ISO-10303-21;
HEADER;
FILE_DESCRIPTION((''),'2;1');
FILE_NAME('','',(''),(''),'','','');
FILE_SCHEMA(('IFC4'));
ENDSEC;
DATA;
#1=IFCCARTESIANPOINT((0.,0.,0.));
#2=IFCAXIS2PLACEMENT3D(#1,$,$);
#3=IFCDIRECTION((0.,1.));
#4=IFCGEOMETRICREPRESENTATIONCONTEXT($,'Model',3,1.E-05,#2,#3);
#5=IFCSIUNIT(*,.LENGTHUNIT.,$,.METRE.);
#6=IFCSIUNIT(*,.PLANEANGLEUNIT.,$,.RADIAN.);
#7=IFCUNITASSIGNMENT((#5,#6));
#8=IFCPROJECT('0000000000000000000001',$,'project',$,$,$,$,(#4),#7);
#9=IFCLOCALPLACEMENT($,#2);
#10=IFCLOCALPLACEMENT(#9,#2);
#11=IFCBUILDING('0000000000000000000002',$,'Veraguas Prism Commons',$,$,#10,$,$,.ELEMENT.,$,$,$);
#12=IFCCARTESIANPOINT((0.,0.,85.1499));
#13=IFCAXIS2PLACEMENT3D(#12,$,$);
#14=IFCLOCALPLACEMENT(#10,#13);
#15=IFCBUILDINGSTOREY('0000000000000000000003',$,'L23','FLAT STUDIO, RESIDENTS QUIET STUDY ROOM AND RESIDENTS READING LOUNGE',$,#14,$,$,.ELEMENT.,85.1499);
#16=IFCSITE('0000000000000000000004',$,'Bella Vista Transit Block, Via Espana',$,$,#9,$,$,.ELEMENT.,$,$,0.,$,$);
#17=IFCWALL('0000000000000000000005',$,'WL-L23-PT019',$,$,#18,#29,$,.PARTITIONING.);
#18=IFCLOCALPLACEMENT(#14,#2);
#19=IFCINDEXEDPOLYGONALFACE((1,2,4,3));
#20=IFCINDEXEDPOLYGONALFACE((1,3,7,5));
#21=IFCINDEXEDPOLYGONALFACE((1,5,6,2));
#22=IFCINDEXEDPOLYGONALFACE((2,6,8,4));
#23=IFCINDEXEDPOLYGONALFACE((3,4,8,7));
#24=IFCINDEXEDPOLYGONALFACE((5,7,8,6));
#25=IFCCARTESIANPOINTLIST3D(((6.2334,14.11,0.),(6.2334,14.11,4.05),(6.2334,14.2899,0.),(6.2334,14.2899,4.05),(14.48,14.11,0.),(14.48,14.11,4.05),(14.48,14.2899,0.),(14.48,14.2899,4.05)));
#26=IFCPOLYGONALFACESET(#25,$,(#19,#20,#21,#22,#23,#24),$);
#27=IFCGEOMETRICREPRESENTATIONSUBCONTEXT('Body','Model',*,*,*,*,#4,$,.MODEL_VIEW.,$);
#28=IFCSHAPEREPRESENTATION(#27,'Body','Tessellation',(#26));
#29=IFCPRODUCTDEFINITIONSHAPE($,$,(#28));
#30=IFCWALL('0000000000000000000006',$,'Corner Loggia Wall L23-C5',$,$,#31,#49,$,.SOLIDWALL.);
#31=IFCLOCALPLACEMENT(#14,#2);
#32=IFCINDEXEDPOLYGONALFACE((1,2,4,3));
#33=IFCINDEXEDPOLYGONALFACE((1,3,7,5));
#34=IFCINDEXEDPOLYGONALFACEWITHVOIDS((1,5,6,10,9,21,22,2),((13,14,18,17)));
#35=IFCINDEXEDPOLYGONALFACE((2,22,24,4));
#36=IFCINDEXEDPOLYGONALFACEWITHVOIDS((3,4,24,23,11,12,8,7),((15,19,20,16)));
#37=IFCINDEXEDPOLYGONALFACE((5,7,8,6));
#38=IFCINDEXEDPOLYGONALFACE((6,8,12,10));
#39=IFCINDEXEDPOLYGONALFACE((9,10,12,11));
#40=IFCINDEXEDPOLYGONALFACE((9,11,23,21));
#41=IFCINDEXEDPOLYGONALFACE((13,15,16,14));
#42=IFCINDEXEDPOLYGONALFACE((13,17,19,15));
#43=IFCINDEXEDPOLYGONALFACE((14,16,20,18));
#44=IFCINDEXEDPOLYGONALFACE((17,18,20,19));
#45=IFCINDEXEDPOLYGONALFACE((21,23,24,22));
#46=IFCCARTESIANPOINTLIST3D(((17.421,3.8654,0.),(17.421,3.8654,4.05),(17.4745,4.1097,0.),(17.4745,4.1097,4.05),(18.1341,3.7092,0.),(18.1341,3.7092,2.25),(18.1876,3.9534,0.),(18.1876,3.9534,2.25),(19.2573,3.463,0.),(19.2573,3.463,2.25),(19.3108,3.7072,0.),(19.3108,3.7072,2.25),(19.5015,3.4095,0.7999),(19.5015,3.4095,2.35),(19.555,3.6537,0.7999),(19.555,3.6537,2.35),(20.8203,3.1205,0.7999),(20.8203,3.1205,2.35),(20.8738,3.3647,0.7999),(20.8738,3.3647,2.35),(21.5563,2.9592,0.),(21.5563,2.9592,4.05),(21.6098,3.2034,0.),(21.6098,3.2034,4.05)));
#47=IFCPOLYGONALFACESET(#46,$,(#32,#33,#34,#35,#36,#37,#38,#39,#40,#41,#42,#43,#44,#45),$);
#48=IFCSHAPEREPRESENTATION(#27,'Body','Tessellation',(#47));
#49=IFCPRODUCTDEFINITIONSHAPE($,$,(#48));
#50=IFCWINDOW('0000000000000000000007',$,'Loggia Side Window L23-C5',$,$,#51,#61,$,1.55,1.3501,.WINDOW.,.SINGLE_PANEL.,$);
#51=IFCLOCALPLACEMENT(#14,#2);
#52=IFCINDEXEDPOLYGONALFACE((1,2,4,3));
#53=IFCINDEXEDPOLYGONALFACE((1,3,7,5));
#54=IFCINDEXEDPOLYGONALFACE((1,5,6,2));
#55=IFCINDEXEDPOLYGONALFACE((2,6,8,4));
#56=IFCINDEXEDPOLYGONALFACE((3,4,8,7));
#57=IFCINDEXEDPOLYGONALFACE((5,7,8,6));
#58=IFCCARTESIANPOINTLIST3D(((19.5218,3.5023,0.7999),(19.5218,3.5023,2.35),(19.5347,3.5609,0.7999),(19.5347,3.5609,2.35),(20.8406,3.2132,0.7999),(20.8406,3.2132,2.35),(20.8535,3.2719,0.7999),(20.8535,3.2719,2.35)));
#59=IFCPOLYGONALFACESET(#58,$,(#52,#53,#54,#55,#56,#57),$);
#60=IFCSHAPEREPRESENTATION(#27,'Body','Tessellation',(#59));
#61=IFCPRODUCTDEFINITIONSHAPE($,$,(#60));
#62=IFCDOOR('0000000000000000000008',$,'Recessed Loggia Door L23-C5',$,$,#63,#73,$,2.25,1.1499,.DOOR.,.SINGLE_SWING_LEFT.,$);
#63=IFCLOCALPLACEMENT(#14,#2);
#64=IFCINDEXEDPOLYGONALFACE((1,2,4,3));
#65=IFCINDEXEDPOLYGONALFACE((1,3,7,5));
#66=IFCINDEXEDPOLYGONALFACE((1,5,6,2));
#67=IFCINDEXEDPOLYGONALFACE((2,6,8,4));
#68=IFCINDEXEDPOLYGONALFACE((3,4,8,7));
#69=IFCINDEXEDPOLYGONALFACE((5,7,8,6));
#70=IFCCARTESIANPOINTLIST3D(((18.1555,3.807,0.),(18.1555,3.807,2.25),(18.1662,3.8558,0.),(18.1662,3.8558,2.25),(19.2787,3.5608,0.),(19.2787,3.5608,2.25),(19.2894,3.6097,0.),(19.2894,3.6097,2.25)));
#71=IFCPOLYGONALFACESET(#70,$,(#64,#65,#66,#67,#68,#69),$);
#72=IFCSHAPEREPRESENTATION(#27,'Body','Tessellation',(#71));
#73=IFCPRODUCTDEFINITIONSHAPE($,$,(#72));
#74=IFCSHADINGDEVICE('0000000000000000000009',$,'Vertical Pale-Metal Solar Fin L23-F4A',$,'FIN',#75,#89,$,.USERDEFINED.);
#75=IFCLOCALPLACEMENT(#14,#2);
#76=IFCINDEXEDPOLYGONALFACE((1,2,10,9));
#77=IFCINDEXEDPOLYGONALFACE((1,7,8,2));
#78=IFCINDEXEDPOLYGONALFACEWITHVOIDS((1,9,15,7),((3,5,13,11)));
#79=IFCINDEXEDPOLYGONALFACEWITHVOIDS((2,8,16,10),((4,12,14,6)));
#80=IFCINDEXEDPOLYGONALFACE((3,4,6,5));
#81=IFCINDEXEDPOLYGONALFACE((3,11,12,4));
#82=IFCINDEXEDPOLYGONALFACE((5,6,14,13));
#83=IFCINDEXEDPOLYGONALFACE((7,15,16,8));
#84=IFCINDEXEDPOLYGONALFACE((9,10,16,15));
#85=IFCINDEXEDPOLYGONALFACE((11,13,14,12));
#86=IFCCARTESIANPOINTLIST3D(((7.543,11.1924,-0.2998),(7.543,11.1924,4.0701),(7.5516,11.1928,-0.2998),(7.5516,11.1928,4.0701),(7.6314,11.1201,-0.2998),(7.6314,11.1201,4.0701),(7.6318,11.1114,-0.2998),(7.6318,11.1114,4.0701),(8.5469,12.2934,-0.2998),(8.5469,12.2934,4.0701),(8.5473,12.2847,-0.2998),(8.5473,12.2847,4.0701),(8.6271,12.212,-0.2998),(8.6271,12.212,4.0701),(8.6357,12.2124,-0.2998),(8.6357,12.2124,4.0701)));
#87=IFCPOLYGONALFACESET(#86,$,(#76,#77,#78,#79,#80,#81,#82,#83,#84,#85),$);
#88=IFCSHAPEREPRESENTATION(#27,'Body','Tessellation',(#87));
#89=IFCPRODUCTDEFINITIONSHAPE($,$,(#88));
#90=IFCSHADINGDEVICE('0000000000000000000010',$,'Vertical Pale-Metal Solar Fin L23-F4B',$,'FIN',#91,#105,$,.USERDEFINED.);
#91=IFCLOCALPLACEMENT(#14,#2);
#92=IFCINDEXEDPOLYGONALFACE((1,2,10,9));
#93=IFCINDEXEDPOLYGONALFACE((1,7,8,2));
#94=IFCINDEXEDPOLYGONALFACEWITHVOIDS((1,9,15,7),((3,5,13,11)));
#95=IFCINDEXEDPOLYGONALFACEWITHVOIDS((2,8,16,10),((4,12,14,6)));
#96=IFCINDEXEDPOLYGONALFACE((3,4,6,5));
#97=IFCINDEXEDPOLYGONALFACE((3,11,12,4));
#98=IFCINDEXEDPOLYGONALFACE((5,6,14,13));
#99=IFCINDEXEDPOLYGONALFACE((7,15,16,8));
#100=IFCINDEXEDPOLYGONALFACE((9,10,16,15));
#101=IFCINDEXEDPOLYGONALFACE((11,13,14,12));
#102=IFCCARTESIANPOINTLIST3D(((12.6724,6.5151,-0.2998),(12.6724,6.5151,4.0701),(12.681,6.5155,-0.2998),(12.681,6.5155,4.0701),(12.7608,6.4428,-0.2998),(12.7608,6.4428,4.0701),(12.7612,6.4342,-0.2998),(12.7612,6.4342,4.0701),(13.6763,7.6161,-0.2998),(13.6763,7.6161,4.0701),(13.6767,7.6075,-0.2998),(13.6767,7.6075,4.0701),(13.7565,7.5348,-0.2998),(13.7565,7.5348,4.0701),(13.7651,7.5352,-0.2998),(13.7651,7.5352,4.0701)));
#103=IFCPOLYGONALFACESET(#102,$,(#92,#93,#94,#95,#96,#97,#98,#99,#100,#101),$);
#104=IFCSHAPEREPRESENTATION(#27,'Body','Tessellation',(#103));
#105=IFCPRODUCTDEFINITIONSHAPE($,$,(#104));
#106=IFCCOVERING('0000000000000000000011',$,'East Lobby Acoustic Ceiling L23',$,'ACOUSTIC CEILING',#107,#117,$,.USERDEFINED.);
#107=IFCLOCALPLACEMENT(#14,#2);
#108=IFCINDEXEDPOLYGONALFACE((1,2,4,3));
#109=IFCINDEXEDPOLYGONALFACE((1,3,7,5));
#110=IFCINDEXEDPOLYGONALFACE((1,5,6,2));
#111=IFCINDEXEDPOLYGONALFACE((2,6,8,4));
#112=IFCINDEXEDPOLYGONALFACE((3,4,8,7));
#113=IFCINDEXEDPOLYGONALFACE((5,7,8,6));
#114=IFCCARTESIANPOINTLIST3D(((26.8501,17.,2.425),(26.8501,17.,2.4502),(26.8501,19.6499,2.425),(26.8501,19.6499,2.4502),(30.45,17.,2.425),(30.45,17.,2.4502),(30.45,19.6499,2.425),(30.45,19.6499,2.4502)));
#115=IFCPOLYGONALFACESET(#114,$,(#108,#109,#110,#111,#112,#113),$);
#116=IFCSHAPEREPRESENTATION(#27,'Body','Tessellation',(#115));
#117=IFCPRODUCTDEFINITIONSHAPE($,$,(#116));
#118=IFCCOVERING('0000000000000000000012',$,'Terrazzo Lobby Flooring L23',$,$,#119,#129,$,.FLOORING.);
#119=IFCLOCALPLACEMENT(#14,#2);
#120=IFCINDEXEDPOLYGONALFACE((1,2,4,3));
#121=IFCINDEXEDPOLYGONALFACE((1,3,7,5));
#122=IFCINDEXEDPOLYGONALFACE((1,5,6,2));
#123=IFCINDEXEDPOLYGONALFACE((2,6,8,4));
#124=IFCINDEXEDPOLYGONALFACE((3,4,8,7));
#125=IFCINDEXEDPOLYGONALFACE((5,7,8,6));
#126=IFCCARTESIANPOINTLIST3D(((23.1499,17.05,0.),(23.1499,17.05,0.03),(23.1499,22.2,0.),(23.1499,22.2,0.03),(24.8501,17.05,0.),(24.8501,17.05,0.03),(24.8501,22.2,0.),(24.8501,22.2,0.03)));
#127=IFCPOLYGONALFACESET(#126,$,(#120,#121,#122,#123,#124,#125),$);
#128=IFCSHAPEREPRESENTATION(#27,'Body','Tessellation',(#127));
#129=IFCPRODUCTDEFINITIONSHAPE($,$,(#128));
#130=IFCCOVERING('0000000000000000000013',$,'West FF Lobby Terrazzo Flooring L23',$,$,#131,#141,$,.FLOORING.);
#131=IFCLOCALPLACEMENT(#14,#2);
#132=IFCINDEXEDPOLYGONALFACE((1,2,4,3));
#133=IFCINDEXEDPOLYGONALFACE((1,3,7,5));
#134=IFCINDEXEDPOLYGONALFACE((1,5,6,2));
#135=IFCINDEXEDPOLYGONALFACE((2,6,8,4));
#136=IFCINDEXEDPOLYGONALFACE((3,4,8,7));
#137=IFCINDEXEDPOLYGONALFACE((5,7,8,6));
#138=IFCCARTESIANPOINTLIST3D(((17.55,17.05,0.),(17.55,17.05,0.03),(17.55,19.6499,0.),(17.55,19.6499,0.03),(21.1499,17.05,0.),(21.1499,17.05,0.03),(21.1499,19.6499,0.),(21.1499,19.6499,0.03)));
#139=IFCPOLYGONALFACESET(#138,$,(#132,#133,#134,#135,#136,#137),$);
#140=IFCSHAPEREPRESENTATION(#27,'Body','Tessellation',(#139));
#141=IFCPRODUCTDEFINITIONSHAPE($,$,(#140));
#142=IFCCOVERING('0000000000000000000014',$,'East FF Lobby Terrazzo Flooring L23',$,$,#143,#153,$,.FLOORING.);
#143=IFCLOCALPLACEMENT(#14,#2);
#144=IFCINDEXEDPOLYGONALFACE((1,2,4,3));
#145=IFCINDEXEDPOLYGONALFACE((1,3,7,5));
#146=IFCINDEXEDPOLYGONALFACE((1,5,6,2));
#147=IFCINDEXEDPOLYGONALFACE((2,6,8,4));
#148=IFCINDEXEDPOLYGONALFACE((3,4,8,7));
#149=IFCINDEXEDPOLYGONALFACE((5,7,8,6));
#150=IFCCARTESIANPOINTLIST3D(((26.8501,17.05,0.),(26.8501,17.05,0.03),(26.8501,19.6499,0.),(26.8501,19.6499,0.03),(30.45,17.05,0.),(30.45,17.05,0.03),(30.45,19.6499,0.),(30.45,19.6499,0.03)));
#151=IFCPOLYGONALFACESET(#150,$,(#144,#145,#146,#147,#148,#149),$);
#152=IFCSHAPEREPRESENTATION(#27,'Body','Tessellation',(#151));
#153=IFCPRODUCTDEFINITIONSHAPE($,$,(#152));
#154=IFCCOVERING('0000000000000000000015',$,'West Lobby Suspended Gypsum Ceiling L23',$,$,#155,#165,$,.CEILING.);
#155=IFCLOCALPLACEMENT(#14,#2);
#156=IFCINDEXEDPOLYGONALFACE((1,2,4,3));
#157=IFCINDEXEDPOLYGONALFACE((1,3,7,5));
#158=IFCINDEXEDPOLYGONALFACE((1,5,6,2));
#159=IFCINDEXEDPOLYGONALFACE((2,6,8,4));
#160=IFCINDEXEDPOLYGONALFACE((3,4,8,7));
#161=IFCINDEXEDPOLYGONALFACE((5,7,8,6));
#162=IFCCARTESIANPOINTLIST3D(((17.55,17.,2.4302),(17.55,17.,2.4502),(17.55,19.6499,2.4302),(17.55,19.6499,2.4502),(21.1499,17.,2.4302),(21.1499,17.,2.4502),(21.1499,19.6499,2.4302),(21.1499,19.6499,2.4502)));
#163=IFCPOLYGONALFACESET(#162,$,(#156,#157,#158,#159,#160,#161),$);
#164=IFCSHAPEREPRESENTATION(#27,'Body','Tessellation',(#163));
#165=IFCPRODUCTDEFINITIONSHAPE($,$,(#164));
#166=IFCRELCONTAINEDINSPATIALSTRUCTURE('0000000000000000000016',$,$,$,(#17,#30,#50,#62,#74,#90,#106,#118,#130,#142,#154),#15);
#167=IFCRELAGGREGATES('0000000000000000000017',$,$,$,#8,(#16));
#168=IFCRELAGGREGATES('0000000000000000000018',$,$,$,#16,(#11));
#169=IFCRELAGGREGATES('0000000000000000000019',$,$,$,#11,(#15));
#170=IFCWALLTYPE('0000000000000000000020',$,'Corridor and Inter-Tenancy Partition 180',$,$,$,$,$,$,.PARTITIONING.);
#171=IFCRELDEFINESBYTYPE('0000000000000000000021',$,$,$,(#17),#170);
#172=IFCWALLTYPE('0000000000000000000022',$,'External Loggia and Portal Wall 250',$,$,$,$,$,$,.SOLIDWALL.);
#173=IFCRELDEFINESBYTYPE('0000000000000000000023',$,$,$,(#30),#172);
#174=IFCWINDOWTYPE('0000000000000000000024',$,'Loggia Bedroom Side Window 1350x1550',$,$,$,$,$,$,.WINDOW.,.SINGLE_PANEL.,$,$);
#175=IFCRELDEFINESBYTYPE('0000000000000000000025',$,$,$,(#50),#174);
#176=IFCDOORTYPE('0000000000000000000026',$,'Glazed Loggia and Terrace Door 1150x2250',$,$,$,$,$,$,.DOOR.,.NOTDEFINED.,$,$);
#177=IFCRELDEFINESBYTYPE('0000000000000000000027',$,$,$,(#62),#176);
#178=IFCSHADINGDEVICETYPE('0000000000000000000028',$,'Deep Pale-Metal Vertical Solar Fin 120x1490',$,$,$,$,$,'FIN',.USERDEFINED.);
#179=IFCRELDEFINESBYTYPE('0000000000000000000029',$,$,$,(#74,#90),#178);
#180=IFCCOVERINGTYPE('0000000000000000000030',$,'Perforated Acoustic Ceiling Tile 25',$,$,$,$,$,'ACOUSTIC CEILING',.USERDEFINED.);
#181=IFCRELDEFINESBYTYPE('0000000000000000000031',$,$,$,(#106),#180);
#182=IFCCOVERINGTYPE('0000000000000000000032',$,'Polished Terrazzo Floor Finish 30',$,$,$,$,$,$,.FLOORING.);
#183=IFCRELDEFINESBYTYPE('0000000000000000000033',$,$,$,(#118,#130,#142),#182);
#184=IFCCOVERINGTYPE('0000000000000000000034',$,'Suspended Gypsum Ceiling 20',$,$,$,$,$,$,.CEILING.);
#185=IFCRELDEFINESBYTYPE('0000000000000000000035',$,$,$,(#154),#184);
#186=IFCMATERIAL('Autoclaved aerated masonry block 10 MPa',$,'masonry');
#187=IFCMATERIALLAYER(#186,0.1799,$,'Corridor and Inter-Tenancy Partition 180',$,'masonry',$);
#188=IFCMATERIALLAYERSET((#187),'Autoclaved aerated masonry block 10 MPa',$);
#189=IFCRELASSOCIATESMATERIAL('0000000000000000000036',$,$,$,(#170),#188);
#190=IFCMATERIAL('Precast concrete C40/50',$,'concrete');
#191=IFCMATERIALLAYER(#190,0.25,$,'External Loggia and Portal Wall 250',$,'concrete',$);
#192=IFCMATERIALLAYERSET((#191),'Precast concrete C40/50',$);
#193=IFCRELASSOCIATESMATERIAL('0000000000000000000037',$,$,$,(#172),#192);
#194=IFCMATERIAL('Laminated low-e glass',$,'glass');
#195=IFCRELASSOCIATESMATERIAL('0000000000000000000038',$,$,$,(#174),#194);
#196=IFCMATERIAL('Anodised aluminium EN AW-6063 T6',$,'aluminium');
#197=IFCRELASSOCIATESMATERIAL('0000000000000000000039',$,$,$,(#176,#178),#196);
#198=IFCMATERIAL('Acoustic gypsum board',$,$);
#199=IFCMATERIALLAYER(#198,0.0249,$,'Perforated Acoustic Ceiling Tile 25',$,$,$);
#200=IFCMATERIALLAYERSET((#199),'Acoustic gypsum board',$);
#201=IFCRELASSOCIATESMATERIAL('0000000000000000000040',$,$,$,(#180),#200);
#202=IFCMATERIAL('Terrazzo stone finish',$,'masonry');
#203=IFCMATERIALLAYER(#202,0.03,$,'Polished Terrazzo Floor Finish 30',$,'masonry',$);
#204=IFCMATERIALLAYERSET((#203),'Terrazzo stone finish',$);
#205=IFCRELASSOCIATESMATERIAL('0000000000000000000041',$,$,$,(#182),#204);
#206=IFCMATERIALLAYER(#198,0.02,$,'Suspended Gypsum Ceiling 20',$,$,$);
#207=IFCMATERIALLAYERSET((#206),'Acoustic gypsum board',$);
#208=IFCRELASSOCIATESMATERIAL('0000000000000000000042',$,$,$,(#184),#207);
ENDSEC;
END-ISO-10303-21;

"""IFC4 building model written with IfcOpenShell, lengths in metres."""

from ifc_helpers import new_model, si_unit, direction, frame, frame_2d, origin, origin_2d, place, context, subcontext, project, spatial, polyline, rectangle, hollow_rectangle, outline, extrude, source, transform, mapped, material, layer, layer_set, material_profile, profile_set, type_object, element, fill, save


model = new_model("IFC4")

# Units and contexts
model_context = context("Model", 3, precision=1e-05, world=origin(), true_north=direction((0.0, 1.0)))
body_context = subcontext(model_context, "Body", "Model", "MODEL_VIEW")
ifc_project = project(units=[si_unit("LENGTHUNIT", "METRE"), si_unit("PLANEANGLEUNIT", "RADIAN")], contexts=[model_context])

# Site, building, storey
site_placement = place(None, origin())
site = spatial("IfcSite", under=ifc_project, at=site_placement, Name="Bella Vista Transit Block, Via Espana", CompositionType="ELEMENT", RefElevation=0.0)
building_placement = place(site_placement, origin())
building = spatial("IfcBuilding", under=site, at=building_placement, Name="Veraguas Prism Commons", CompositionType="ELEMENT")
storey_placement = place(building_placement, frame((0.0, 0.0, 85.1499)))
storey = spatial("IfcBuildingStorey", under=building, at=storey_placement, Name="L23", Description="FLAT STUDIO, RESIDENTS QUIET STUDY ROOM AND RESIDENTS READING LOUNGE", CompositionType="ELEMENT", Elevation=85.1499)

# Shared definitions
ifc_material_1 = material(Name="Anodised aluminium EN AW-6063 T6", Category="aluminium")

# Shared definitions
ifc_material_2 = material(Name="Laminated low-e glass", Category="glass")

# Wall
ifc_material_3 = material(Name="Autoclaved aerated masonry block 10 MPa", Category="masonry")
ifc_layer_1 = layer(ifc_material_3, 0.1799, Name="Corridor and Inter-Tenancy Partition 180", Category="masonry")
ifc_layer_set_1 = layer_set([ifc_layer_1], Name="Autoclaved aerated masonry block 10 MPa")
wall_type_1 = type_object("IfcWallType", Name="Corridor and Inter-Tenancy Partition 180", PredefinedType="PARTITIONING", material=ifc_layer_set_1)
wall_1_placement = place(storey_placement, frame((14.48, 14.2, 0.0), z_axis=(0.0, 0.0, 1.0), x_axis=(-1.0, 0.0, 0.0)))
element("IfcWall", 1, at=wall_1_placement, inside=storey, type_object=wall_type_1, Name="WL-L23-PT019", PredefinedType="PARTITIONING", context=body_context, shape_type="SweptSolid", body=[
    extrude(rectangle(XDim=8.2466, YDim=0.1799, at=frame_2d((4.1233, 0.0))), origin(), (0.0, 0.0, 1.0), 4.05),
])

# Wall, openings, window, door
ifc_material_4 = material(Name="Precast concrete C40/50", Category="concrete")
ifc_layer_2 = layer(ifc_material_4, 0.25, Name="External Loggia and Portal Wall 250", Category="concrete")
ifc_layer_set_2 = layer_set([ifc_layer_2], Name="Precast concrete C40/50")
wall_type_2 = type_object("IfcWallType", Name="External Loggia and Portal Wall 250", PredefinedType="SOLIDWALL", material=ifc_layer_set_2)
wall_2_placement = place(storey_placement, frame((17.4478, 3.9875, 0.0), z_axis=(0.0, 0.0, 1.0), x_axis=(0.976818, -0.214072, 0.0)))
wall_2 = element("IfcWall", 2, at=wall_2_placement, inside=storey, type_object=wall_type_2, Name="Corner Loggia Wall L23-C5", PredefinedType="SOLIDWALL", context=body_context, shape_type="SweptSolid", body=[
    extrude(rectangle(XDim=4.2334, YDim=0.25, at=frame_2d((2.1167, 0.0))), origin(), (0.0, 0.0, 1.0), 4.05),
])
opening_1_placement = place(wall_2_placement, frame((0.73, 0.0, 0.0)))
opening_1 = element("IfcOpeningElement", 3, at=opening_1_placement, cuts=wall_2, PredefinedType="OPENING", context=body_context, shape_type="SweptSolid", body=[
    extrude(rectangle(XDim=1.1499, YDim=2.25, at=frame_2d((0.575, 1.125))), frame((0.0, 0.135, 0.0), z_axis=(0.0, -1.0, 0.0), x_axis=(1.0, 0.0, 0.0)), (0.0, 0.0, 1.0), 0.27),
])
opening_2_placement = place(wall_2_placement, frame((2.1299, 0.0, 0.8)))
opening_2 = element("IfcOpeningElement", 4, at=opening_2_placement, cuts=wall_2, PredefinedType="OPENING", context=body_context, shape_type="SweptSolid", body=[
    extrude(rectangle(XDim=1.3501, YDim=1.55, at=frame_2d((0.675, 0.7749))), frame((0.0, 0.135, 0.0), z_axis=(0.0, -1.0, 0.0), x_axis=(1.0, 0.0, 0.0)), (0.0, 0.0, 1.0), 0.27),
])
window_type = type_object("IfcWindowType", Name="Loggia Bedroom Side Window 1350x1550", PartitioningType="SINGLE_PANEL", PredefinedType="WINDOW", material=ifc_material_2)
shared_shape_1 = source(origin(), body_context, "Body", "SweptSolid", [
    extrude(rectangle(XDim=1.3501, YDim=1.55, at=frame_2d((0.675, 0.7749))), frame((0.0, 0.03, 0.0), z_axis=(0.0, -1.0, 0.0), x_axis=(1.0, 0.0, 0.0)), (0.0, 0.0, 1.0), 0.0601),
])
window_placement = place(opening_2_placement, origin())
window = element("IfcWindow", 5, at=window_placement, inside=storey, type_object=window_type, Name="Loggia Side Window L23-C5", OverallHeight=1.55, OverallWidth=1.3501, PartitioningType="SINGLE_PANEL", PredefinedType="WINDOW", context=body_context, shape_type="MappedRepresentation", body=[
    mapped(shared_shape_1, transform((0.0, 0.0, 0.0), scale=1.0)),
])
fill(opening_2, window)
door_type = type_object("IfcDoorType", Name="Glazed Loggia and Terrace Door 1150x2250", OperationType="NOTDEFINED", PredefinedType="DOOR", material=ifc_material_1)
shared_shape_2 = source(origin(), body_context, "Body", "SweptSolid", [
    extrude(rectangle(XDim=1.1499, YDim=2.25, at=frame_2d((0.575, 1.125))), frame((0.0, 0.0249, 0.0), z_axis=(0.0, -1.0, 0.0), x_axis=(1.0, 0.0, 0.0)), (0.0, 0.0, 1.0), 0.05),
])
door_placement = place(opening_1_placement, frame((1.1499, 0.0, 0.0), z_axis=(0.0, 0.0, 1.0), x_axis=(-1.0, 0.0, 0.0)))
door = element("IfcDoor", 6, at=door_placement, inside=storey, type_object=door_type, Name="Recessed Loggia Door L23-C5", OperationType="SINGLE_SWING_LEFT", OverallHeight=2.25, OverallWidth=1.1499, PredefinedType="DOOR", context=body_context, shape_type="MappedRepresentation", body=[
    mapped(shared_shape_2, transform((0.0, 0.0, 0.0), scale=1.0)),
])
fill(opening_1, door)

# Shading devices
ifc_material_profile_1 = material_profile(ifc_material_1, hollow_rectangle(XDim=0.1201, YDim=1.49, WallThickness=0.0061, at=origin_2d()), Name="FIN120X1490X6")
ifc_profile_set_1 = profile_set([ifc_material_profile_1], Name="Anodised aluminium EN AW-6063 T6")
shading_device_type = type_object("IfcShadingDeviceType", Name="Deep Pale-Metal Vertical Solar Fin 120x1490", ElementType="FIN", PredefinedType="USERDEFINED", material=ifc_profile_set_1)
for number, where, z_axis, x_axis, name in (
    (7, (8.0894, 11.7024, -0.2998), (0.0, 0.0, 1.0), (0.738925, -0.673788, 0.0), "Vertical Pale-Metal Solar Fin L23-F4A"),
    (8, (13.2188, 7.0251, -0.2998), (0.0, 0.0, 1.0), (0.738925, -0.673788, 0.0), "Vertical Pale-Metal Solar Fin L23-F4B"),
):
    element("IfcShadingDevice", number, at=place(storey_placement, frame(where, z_axis=z_axis, x_axis=x_axis)), inside=storey, type_object=shading_device_type, Name=name, ObjectType="FIN", PredefinedType="USERDEFINED", context=body_context, shape_type="SweptSolid", body=[
        extrude(hollow_rectangle(XDim=0.1201, YDim=1.49, WallThickness=0.0061, at=origin_2d()), origin(), (0.0, 0.0, 1.0), 4.3699),
    ])

# Coverings
ifc_material_5 = material(Name="Acoustic gypsum board")
ifc_layer_3 = layer(ifc_material_5, 0.0249, Name="Perforated Acoustic Ceiling Tile 25")
ifc_layer_set_3 = layer_set([ifc_layer_3], Name="Acoustic gypsum board")
covering_type_1 = type_object("IfcCoveringType", Name="Perforated Acoustic Ceiling Tile 25", ElementType="ACOUSTIC CEILING", PredefinedType="USERDEFINED", material=ifc_layer_set_3)
covering_1_placement = place(storey_placement, frame((0.0, 0.0, 2.425)))
element("IfcCovering", 9, at=covering_1_placement, inside=storey, type_object=covering_type_1, Name="East Lobby Acoustic Ceiling L23", ObjectType="ACOUSTIC CEILING", PredefinedType="USERDEFINED", context=body_context, shape_type="SweptSolid", body=[
    extrude(outline(polyline([(26.8501, 17.0), (30.45, 17.0), (30.45, 19.6499), (26.8501, 19.6499), (26.8501, 17.0)])), origin(), (0.0, 0.0, 1.0), 0.0251),
])
ifc_material_6 = material(Name="Terrazzo stone finish", Category="masonry")
ifc_layer_4 = layer(ifc_material_6, 0.03, Name="Polished Terrazzo Floor Finish 30", Category="masonry")
ifc_layer_set_4 = layer_set([ifc_layer_4], Name="Terrazzo stone finish")
covering_type_2 = type_object("IfcCoveringType", Name="Polished Terrazzo Floor Finish 30", PredefinedType="FLOORING", material=ifc_layer_set_4)
covering_2_placement = place(storey_placement, origin())
element("IfcCovering", 10, at=covering_2_placement, inside=storey, type_object=covering_type_2, Name="Terrazzo Lobby Flooring L23", PredefinedType="FLOORING", context=body_context, shape_type="SweptSolid", body=[
    extrude(outline(polyline([(23.1499, 17.05), (24.8501, 17.05), (24.8501, 22.2), (23.1499, 22.2), (23.1499, 17.05)])), origin(), (0.0, 0.0, 1.0), 0.03),
])
covering_3_placement = place(storey_placement, origin())
element("IfcCovering", 11, at=covering_3_placement, inside=storey, type_object=covering_type_2, Name="West FF Lobby Terrazzo Flooring L23", PredefinedType="FLOORING", context=body_context, shape_type="SweptSolid", body=[
    extrude(outline(polyline([(17.55, 17.05), (21.1499, 17.05), (21.1499, 19.6499), (17.55, 19.6499), (17.55, 17.05)])), origin(), (0.0, 0.0, 1.0), 0.03),
])
covering_4_placement = place(storey_placement, origin())
element("IfcCovering", 12, at=covering_4_placement, inside=storey, type_object=covering_type_2, Name="East FF Lobby Terrazzo Flooring L23", PredefinedType="FLOORING", context=body_context, shape_type="SweptSolid", body=[
    extrude(outline(polyline([(26.8501, 17.05), (30.45, 17.05), (30.45, 19.6499), (26.8501, 19.6499), (26.8501, 17.05)])), origin(), (0.0, 0.0, 1.0), 0.03),
])

# Covering
ifc_layer_5 = layer(ifc_material_5, 0.02, Name="Suspended Gypsum Ceiling 20")
ifc_layer_set_5 = layer_set([ifc_layer_5], Name="Acoustic gypsum board")
covering_type_3 = type_object("IfcCoveringType", Name="Suspended Gypsum Ceiling 20", PredefinedType="CEILING", material=ifc_layer_set_5)
covering_5_placement = place(storey_placement, frame((0.0, 0.0, 2.4302)))
element("IfcCovering", 13, at=covering_5_placement, inside=storey, type_object=covering_type_3, Name="West Lobby Suspended Gypsum Ceiling L23", PredefinedType="CEILING", context=body_context, shape_type="SweptSolid", body=[
    extrude(outline(polyline([(17.55, 17.0), (21.1499, 17.0), (21.1499, 19.6499), (17.55, 19.6499), (17.55, 17.0)])), origin(), (0.0, 0.0, 1.0), 0.02),
])

save(model, "model.ifc")
